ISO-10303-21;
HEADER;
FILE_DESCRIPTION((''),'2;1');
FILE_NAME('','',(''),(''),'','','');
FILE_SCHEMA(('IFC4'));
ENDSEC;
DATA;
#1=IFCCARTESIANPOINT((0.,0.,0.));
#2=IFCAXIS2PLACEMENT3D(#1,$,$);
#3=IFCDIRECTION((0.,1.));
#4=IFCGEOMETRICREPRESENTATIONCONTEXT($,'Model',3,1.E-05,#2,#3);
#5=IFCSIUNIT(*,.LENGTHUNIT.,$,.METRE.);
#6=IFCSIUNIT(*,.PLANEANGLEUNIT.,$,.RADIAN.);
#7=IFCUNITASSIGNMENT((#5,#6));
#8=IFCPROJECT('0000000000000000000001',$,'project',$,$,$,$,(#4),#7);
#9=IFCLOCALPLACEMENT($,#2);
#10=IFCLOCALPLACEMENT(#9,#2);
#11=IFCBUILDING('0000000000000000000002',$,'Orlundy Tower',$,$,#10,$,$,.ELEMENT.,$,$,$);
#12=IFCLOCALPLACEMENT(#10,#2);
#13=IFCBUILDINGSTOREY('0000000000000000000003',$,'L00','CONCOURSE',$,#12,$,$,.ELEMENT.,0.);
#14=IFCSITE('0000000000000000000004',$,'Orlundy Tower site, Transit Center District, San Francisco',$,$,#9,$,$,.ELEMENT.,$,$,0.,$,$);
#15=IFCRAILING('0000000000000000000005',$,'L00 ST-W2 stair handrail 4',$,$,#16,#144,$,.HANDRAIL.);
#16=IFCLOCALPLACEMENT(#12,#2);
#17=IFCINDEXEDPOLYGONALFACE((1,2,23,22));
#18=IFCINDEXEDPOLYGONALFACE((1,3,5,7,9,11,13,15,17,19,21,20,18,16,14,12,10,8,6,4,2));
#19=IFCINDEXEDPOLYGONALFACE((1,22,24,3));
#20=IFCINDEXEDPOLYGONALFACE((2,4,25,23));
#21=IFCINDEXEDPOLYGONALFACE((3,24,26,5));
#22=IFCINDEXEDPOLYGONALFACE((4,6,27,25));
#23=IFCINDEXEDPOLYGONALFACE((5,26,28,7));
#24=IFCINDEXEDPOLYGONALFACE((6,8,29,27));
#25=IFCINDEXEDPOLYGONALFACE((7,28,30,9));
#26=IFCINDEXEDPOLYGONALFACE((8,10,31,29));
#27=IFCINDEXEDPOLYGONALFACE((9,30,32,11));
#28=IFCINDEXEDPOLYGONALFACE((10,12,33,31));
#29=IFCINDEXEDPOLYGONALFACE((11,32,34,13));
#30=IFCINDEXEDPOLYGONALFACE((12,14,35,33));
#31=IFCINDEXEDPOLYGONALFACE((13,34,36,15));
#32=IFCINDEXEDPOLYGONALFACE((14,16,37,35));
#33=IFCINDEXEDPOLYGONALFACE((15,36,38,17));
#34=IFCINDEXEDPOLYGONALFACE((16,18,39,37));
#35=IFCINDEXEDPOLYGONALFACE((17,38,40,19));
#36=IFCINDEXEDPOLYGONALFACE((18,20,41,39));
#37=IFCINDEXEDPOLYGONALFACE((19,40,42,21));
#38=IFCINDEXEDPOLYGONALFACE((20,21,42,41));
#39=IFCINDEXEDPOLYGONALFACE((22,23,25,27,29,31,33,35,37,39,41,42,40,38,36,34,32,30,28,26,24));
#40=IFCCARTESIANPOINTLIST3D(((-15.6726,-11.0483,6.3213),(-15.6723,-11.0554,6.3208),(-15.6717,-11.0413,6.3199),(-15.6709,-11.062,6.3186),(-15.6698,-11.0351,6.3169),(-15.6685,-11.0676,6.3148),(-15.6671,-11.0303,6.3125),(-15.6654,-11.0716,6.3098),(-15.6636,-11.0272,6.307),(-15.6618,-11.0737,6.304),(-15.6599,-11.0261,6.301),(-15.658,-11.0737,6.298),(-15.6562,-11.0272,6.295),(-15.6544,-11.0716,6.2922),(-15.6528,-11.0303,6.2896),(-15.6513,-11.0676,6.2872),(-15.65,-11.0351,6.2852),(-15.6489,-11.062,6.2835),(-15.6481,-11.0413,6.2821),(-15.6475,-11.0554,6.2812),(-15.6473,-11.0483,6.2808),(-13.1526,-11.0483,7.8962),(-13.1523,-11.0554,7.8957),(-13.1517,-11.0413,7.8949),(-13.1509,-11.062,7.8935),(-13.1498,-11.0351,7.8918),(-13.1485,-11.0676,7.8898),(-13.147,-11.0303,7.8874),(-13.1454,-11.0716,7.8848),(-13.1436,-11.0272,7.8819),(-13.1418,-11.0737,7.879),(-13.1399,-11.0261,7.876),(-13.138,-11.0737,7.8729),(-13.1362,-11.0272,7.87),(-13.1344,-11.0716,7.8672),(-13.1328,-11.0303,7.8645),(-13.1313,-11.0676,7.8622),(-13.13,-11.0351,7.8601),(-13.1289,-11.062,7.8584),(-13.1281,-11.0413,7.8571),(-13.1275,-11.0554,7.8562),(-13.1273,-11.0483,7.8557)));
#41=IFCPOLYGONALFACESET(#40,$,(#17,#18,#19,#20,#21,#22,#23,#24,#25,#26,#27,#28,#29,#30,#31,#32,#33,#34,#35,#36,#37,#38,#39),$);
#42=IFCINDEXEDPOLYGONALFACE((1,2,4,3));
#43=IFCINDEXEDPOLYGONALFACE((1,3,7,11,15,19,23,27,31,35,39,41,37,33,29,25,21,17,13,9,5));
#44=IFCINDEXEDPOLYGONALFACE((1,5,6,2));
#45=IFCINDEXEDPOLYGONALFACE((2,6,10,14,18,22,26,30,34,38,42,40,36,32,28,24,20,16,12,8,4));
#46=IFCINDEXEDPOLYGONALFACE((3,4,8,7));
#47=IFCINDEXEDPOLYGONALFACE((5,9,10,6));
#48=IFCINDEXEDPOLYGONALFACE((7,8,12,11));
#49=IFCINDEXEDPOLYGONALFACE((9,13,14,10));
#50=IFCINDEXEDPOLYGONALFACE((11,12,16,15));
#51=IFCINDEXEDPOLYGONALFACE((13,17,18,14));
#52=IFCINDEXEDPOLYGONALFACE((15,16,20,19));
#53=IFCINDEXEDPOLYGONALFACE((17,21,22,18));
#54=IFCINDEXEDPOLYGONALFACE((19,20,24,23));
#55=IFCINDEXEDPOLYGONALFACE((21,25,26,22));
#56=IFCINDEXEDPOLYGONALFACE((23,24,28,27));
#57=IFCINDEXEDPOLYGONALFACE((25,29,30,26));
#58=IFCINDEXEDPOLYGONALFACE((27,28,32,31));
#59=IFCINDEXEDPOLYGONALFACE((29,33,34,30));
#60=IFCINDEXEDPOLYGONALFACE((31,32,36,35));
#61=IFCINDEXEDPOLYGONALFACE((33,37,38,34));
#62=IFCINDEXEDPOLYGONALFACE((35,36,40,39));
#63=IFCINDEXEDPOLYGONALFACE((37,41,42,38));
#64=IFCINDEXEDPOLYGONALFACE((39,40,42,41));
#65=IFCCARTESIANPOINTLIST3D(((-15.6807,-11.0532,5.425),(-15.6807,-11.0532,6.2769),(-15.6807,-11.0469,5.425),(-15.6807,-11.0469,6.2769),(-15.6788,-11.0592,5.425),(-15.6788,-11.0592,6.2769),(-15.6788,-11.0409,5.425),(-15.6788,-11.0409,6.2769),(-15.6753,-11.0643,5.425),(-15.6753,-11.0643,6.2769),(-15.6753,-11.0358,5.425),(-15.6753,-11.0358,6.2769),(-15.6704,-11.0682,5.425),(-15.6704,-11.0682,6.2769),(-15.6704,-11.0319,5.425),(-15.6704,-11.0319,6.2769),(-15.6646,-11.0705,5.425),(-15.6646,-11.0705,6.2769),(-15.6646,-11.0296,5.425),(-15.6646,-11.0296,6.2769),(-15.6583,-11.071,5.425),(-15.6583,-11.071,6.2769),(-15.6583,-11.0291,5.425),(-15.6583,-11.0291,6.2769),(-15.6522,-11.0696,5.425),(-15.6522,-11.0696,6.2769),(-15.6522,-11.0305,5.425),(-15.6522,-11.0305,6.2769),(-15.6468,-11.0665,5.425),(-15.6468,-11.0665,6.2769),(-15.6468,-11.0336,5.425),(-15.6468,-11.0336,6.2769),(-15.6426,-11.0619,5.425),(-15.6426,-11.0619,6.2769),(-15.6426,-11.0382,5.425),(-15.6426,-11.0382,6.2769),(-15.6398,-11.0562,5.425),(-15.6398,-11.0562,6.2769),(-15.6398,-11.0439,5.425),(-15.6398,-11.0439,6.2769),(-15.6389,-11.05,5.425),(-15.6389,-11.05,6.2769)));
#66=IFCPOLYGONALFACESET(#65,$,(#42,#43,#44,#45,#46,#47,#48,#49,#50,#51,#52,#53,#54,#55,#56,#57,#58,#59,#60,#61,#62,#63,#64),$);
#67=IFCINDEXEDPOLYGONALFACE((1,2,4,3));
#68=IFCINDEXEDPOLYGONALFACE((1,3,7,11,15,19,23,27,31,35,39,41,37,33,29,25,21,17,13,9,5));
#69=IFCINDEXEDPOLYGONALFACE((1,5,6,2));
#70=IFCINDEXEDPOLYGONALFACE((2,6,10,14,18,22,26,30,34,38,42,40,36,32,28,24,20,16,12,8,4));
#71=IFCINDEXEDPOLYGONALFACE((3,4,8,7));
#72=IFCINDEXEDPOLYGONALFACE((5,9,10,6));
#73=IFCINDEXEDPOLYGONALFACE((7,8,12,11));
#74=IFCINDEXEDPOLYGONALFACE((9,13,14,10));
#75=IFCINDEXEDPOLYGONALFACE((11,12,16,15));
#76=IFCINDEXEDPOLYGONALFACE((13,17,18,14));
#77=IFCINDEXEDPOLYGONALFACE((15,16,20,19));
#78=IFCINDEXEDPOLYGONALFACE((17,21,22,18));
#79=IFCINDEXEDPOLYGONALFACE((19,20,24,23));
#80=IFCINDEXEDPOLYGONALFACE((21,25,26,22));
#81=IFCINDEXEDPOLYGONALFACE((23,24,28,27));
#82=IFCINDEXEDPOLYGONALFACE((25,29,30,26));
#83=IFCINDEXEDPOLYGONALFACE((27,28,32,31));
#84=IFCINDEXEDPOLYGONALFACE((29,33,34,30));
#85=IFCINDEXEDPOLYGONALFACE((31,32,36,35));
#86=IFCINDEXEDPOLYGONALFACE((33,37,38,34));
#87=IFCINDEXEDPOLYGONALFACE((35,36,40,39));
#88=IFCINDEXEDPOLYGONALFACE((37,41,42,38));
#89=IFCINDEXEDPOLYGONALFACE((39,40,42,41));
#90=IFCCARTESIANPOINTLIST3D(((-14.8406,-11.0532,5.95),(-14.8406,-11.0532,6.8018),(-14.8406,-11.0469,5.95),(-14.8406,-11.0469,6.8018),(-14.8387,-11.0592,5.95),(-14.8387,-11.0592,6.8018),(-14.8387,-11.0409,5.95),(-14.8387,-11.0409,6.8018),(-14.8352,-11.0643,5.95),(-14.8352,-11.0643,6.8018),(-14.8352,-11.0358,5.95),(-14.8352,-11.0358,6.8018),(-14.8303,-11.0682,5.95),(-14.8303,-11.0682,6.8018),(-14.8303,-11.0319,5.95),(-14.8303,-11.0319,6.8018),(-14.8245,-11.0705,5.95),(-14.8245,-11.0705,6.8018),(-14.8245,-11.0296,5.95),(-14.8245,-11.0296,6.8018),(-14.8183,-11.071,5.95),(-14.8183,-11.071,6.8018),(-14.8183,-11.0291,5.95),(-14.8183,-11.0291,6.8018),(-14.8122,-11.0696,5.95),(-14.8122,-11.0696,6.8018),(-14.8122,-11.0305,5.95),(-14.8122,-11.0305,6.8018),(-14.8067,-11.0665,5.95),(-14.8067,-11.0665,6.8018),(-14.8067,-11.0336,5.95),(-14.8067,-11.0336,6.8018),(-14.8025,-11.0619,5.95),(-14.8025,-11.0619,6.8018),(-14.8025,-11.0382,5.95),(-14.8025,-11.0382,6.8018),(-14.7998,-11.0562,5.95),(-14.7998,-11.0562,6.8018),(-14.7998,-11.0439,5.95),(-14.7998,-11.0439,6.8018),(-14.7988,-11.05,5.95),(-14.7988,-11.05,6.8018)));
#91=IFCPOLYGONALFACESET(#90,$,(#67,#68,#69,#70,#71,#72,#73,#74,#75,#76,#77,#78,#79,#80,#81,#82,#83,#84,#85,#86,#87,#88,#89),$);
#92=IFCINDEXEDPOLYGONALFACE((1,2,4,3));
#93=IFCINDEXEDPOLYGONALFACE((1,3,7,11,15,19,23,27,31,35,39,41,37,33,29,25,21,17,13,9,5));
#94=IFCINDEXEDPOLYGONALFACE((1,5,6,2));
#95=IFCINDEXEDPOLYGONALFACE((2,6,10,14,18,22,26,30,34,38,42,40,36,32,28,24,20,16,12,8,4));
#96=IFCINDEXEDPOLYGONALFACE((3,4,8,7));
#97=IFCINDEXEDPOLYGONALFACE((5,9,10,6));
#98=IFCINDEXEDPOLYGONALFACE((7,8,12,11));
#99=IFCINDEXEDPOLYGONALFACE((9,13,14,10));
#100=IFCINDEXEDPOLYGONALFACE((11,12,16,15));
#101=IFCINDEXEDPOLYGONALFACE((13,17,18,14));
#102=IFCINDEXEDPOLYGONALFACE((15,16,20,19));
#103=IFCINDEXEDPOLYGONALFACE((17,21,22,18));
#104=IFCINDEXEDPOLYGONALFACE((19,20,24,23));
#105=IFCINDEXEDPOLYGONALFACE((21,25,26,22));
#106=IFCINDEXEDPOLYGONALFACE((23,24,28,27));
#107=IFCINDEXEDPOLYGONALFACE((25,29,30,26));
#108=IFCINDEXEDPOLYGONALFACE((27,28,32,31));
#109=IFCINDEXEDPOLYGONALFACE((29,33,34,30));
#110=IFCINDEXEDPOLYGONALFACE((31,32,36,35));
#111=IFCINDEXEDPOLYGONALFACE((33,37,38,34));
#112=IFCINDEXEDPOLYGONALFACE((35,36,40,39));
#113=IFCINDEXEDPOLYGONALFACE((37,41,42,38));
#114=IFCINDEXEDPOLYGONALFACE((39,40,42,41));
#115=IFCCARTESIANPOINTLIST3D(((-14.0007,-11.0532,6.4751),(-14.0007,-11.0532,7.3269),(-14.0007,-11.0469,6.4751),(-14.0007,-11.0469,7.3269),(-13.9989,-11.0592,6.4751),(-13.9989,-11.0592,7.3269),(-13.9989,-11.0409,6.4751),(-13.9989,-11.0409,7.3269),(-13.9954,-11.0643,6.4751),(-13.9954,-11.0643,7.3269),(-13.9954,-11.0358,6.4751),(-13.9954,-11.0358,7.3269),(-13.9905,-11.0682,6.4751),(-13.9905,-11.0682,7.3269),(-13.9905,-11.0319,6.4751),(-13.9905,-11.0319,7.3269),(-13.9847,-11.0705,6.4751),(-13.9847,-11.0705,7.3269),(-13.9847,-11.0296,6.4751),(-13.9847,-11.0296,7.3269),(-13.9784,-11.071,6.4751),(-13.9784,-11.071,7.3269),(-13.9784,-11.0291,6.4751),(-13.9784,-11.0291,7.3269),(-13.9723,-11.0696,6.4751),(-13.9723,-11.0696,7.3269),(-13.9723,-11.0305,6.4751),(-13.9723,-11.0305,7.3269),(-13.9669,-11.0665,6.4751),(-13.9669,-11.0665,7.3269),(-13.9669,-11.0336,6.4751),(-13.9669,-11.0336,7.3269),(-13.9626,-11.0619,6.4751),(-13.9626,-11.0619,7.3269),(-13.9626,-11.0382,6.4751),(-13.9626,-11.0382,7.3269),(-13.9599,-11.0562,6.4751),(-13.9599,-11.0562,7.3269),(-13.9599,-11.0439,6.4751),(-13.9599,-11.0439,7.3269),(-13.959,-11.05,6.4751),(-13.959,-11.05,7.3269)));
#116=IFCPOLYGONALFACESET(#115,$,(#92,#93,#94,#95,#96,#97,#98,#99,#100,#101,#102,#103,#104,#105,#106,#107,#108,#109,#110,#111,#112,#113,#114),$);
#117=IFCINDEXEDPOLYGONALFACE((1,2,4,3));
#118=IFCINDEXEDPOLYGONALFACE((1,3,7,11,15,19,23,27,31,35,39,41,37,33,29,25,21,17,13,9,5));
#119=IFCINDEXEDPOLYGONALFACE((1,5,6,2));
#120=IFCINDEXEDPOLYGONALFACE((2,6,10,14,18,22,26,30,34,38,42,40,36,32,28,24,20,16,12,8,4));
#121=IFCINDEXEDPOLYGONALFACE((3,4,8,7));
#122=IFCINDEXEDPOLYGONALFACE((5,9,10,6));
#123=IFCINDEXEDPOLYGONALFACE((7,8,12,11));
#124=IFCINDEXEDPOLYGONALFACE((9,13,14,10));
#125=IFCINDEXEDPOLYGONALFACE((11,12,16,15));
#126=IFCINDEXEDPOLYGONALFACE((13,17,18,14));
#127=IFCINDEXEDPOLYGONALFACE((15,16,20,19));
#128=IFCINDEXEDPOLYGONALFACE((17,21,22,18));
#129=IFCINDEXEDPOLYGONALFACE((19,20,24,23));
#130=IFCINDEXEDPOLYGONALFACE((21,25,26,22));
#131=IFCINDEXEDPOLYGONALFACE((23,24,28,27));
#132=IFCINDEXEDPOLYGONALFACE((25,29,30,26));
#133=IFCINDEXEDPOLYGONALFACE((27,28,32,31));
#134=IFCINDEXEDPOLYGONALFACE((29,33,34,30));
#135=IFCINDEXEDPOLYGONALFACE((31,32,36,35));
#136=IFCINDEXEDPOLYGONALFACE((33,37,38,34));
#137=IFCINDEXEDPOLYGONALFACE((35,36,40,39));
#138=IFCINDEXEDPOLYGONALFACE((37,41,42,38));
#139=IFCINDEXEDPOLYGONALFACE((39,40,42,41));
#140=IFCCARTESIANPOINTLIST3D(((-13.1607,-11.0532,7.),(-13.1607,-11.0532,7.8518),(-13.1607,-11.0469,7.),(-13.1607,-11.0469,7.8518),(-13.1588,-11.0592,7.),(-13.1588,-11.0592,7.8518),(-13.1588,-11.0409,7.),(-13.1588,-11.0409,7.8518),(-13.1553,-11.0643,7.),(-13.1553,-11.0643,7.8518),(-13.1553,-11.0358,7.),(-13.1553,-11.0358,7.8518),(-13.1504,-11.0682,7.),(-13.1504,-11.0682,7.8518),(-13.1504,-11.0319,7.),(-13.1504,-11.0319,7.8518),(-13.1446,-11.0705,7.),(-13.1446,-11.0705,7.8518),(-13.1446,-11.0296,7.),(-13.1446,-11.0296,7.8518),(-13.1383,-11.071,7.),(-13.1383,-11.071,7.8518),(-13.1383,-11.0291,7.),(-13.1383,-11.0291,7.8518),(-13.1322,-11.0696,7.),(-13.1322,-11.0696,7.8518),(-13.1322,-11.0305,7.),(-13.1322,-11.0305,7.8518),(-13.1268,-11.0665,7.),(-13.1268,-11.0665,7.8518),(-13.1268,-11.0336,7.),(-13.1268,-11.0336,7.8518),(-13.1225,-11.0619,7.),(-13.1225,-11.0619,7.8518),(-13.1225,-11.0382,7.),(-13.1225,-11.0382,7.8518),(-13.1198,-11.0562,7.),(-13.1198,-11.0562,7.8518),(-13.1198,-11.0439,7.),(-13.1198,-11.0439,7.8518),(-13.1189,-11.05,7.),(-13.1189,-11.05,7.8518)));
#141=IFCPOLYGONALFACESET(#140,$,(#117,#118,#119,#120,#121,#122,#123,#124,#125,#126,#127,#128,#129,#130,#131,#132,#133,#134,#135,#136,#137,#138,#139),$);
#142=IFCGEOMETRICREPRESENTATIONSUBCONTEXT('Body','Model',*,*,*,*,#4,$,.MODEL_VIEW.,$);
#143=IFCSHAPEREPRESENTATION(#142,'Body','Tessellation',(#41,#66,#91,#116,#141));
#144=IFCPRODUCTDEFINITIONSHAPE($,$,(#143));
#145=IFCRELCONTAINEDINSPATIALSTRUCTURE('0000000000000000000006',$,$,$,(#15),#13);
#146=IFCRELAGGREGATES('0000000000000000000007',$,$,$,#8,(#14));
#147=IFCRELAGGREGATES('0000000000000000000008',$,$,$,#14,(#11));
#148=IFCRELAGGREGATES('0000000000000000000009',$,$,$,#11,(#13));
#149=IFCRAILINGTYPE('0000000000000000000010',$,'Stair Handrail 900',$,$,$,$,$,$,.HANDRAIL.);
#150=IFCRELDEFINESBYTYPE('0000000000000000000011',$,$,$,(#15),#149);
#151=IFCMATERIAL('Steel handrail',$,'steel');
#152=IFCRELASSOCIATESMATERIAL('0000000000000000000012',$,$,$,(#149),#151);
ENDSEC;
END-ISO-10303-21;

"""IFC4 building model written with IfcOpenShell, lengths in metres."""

from ifc_helpers import new_model, si_unit, direction, frame, origin, origin_2d, place, context, subcontext, project, spatial, circle, extrude, material, type_object, element, save


model = new_model("IFC4")

# Units and contexts
model_context = context("Model", 3, precision=1e-05, world=origin(), true_north=direction((0.0, 1.0)))
body_context = subcontext(model_context, "Body", "Model", "MODEL_VIEW")
ifc_project = project(units=[si_unit("LENGTHUNIT", "METRE"), si_unit("PLANEANGLEUNIT", "RADIAN")], contexts=[model_context])

# Site, building, storey
site_placement = place(None, origin())
site = spatial("IfcSite", under=ifc_project, at=site_placement, Name="Orlundy Tower site, Transit Center District, San Francisco", CompositionType="ELEMENT", RefElevation=0.0)
building_placement = place(site_placement, origin())
building = spatial("IfcBuilding", under=site, at=building_placement, Name="Orlundy Tower", CompositionType="ELEMENT")
storey_placement = place(building_placement, origin())
storey = spatial("IfcBuildingStorey", under=building, at=storey_placement, Name="L00", Description="CONCOURSE", CompositionType="ELEMENT", Elevation=0.0)

# Railing
ifc_material_1 = material(Name="Steel handrail", Category="steel")
railing_type = type_object("IfcRailingType", Name="Stair Handrail 900", PredefinedType="HANDRAIL", material=ifc_material_1)
for number, where, name in (
    (1, (-15.6599, -11.05, 5.425), "L00 ST-W2 stair handrail 4"),
):
    element("IfcRailing", number, at=place(storey_placement, frame(where)), inside=storey, type_object=railing_type, Name=name, PredefinedType="HANDRAIL", context=body_context, shape_type="SweptSolid", body=[
        extrude(circle(Radius=0.0239, at=origin_2d()), frame((0.0, 0.0, 0.876), z_axis=(0.848008, 0.0, 0.529984), x_axis=(0.0, 1.0, 0.0)), (0.0, 0.0, 1.0), 2.9717),
        extrude(circle(Radius=0.021, at=origin_2d()), origin(), (0.0, 0.0, 1.0), 0.8518),
        extrude(circle(Radius=0.021, at=origin_2d()), frame((0.8401, 0.0, 0.5249)), (0.0, 0.0, 1.0), 0.8518),
        extrude(circle(Radius=0.021, at=origin_2d()), frame((1.6799, 0.0, 1.05)), (0.0, 0.0, 1.0), 0.8518),
        extrude(circle(Radius=0.021, at=origin_2d()), frame((2.52, 0.0, 1.575)), (0.0, 0.0, 1.0), 0.8518),
    ])

save(model, "model.ifc")
